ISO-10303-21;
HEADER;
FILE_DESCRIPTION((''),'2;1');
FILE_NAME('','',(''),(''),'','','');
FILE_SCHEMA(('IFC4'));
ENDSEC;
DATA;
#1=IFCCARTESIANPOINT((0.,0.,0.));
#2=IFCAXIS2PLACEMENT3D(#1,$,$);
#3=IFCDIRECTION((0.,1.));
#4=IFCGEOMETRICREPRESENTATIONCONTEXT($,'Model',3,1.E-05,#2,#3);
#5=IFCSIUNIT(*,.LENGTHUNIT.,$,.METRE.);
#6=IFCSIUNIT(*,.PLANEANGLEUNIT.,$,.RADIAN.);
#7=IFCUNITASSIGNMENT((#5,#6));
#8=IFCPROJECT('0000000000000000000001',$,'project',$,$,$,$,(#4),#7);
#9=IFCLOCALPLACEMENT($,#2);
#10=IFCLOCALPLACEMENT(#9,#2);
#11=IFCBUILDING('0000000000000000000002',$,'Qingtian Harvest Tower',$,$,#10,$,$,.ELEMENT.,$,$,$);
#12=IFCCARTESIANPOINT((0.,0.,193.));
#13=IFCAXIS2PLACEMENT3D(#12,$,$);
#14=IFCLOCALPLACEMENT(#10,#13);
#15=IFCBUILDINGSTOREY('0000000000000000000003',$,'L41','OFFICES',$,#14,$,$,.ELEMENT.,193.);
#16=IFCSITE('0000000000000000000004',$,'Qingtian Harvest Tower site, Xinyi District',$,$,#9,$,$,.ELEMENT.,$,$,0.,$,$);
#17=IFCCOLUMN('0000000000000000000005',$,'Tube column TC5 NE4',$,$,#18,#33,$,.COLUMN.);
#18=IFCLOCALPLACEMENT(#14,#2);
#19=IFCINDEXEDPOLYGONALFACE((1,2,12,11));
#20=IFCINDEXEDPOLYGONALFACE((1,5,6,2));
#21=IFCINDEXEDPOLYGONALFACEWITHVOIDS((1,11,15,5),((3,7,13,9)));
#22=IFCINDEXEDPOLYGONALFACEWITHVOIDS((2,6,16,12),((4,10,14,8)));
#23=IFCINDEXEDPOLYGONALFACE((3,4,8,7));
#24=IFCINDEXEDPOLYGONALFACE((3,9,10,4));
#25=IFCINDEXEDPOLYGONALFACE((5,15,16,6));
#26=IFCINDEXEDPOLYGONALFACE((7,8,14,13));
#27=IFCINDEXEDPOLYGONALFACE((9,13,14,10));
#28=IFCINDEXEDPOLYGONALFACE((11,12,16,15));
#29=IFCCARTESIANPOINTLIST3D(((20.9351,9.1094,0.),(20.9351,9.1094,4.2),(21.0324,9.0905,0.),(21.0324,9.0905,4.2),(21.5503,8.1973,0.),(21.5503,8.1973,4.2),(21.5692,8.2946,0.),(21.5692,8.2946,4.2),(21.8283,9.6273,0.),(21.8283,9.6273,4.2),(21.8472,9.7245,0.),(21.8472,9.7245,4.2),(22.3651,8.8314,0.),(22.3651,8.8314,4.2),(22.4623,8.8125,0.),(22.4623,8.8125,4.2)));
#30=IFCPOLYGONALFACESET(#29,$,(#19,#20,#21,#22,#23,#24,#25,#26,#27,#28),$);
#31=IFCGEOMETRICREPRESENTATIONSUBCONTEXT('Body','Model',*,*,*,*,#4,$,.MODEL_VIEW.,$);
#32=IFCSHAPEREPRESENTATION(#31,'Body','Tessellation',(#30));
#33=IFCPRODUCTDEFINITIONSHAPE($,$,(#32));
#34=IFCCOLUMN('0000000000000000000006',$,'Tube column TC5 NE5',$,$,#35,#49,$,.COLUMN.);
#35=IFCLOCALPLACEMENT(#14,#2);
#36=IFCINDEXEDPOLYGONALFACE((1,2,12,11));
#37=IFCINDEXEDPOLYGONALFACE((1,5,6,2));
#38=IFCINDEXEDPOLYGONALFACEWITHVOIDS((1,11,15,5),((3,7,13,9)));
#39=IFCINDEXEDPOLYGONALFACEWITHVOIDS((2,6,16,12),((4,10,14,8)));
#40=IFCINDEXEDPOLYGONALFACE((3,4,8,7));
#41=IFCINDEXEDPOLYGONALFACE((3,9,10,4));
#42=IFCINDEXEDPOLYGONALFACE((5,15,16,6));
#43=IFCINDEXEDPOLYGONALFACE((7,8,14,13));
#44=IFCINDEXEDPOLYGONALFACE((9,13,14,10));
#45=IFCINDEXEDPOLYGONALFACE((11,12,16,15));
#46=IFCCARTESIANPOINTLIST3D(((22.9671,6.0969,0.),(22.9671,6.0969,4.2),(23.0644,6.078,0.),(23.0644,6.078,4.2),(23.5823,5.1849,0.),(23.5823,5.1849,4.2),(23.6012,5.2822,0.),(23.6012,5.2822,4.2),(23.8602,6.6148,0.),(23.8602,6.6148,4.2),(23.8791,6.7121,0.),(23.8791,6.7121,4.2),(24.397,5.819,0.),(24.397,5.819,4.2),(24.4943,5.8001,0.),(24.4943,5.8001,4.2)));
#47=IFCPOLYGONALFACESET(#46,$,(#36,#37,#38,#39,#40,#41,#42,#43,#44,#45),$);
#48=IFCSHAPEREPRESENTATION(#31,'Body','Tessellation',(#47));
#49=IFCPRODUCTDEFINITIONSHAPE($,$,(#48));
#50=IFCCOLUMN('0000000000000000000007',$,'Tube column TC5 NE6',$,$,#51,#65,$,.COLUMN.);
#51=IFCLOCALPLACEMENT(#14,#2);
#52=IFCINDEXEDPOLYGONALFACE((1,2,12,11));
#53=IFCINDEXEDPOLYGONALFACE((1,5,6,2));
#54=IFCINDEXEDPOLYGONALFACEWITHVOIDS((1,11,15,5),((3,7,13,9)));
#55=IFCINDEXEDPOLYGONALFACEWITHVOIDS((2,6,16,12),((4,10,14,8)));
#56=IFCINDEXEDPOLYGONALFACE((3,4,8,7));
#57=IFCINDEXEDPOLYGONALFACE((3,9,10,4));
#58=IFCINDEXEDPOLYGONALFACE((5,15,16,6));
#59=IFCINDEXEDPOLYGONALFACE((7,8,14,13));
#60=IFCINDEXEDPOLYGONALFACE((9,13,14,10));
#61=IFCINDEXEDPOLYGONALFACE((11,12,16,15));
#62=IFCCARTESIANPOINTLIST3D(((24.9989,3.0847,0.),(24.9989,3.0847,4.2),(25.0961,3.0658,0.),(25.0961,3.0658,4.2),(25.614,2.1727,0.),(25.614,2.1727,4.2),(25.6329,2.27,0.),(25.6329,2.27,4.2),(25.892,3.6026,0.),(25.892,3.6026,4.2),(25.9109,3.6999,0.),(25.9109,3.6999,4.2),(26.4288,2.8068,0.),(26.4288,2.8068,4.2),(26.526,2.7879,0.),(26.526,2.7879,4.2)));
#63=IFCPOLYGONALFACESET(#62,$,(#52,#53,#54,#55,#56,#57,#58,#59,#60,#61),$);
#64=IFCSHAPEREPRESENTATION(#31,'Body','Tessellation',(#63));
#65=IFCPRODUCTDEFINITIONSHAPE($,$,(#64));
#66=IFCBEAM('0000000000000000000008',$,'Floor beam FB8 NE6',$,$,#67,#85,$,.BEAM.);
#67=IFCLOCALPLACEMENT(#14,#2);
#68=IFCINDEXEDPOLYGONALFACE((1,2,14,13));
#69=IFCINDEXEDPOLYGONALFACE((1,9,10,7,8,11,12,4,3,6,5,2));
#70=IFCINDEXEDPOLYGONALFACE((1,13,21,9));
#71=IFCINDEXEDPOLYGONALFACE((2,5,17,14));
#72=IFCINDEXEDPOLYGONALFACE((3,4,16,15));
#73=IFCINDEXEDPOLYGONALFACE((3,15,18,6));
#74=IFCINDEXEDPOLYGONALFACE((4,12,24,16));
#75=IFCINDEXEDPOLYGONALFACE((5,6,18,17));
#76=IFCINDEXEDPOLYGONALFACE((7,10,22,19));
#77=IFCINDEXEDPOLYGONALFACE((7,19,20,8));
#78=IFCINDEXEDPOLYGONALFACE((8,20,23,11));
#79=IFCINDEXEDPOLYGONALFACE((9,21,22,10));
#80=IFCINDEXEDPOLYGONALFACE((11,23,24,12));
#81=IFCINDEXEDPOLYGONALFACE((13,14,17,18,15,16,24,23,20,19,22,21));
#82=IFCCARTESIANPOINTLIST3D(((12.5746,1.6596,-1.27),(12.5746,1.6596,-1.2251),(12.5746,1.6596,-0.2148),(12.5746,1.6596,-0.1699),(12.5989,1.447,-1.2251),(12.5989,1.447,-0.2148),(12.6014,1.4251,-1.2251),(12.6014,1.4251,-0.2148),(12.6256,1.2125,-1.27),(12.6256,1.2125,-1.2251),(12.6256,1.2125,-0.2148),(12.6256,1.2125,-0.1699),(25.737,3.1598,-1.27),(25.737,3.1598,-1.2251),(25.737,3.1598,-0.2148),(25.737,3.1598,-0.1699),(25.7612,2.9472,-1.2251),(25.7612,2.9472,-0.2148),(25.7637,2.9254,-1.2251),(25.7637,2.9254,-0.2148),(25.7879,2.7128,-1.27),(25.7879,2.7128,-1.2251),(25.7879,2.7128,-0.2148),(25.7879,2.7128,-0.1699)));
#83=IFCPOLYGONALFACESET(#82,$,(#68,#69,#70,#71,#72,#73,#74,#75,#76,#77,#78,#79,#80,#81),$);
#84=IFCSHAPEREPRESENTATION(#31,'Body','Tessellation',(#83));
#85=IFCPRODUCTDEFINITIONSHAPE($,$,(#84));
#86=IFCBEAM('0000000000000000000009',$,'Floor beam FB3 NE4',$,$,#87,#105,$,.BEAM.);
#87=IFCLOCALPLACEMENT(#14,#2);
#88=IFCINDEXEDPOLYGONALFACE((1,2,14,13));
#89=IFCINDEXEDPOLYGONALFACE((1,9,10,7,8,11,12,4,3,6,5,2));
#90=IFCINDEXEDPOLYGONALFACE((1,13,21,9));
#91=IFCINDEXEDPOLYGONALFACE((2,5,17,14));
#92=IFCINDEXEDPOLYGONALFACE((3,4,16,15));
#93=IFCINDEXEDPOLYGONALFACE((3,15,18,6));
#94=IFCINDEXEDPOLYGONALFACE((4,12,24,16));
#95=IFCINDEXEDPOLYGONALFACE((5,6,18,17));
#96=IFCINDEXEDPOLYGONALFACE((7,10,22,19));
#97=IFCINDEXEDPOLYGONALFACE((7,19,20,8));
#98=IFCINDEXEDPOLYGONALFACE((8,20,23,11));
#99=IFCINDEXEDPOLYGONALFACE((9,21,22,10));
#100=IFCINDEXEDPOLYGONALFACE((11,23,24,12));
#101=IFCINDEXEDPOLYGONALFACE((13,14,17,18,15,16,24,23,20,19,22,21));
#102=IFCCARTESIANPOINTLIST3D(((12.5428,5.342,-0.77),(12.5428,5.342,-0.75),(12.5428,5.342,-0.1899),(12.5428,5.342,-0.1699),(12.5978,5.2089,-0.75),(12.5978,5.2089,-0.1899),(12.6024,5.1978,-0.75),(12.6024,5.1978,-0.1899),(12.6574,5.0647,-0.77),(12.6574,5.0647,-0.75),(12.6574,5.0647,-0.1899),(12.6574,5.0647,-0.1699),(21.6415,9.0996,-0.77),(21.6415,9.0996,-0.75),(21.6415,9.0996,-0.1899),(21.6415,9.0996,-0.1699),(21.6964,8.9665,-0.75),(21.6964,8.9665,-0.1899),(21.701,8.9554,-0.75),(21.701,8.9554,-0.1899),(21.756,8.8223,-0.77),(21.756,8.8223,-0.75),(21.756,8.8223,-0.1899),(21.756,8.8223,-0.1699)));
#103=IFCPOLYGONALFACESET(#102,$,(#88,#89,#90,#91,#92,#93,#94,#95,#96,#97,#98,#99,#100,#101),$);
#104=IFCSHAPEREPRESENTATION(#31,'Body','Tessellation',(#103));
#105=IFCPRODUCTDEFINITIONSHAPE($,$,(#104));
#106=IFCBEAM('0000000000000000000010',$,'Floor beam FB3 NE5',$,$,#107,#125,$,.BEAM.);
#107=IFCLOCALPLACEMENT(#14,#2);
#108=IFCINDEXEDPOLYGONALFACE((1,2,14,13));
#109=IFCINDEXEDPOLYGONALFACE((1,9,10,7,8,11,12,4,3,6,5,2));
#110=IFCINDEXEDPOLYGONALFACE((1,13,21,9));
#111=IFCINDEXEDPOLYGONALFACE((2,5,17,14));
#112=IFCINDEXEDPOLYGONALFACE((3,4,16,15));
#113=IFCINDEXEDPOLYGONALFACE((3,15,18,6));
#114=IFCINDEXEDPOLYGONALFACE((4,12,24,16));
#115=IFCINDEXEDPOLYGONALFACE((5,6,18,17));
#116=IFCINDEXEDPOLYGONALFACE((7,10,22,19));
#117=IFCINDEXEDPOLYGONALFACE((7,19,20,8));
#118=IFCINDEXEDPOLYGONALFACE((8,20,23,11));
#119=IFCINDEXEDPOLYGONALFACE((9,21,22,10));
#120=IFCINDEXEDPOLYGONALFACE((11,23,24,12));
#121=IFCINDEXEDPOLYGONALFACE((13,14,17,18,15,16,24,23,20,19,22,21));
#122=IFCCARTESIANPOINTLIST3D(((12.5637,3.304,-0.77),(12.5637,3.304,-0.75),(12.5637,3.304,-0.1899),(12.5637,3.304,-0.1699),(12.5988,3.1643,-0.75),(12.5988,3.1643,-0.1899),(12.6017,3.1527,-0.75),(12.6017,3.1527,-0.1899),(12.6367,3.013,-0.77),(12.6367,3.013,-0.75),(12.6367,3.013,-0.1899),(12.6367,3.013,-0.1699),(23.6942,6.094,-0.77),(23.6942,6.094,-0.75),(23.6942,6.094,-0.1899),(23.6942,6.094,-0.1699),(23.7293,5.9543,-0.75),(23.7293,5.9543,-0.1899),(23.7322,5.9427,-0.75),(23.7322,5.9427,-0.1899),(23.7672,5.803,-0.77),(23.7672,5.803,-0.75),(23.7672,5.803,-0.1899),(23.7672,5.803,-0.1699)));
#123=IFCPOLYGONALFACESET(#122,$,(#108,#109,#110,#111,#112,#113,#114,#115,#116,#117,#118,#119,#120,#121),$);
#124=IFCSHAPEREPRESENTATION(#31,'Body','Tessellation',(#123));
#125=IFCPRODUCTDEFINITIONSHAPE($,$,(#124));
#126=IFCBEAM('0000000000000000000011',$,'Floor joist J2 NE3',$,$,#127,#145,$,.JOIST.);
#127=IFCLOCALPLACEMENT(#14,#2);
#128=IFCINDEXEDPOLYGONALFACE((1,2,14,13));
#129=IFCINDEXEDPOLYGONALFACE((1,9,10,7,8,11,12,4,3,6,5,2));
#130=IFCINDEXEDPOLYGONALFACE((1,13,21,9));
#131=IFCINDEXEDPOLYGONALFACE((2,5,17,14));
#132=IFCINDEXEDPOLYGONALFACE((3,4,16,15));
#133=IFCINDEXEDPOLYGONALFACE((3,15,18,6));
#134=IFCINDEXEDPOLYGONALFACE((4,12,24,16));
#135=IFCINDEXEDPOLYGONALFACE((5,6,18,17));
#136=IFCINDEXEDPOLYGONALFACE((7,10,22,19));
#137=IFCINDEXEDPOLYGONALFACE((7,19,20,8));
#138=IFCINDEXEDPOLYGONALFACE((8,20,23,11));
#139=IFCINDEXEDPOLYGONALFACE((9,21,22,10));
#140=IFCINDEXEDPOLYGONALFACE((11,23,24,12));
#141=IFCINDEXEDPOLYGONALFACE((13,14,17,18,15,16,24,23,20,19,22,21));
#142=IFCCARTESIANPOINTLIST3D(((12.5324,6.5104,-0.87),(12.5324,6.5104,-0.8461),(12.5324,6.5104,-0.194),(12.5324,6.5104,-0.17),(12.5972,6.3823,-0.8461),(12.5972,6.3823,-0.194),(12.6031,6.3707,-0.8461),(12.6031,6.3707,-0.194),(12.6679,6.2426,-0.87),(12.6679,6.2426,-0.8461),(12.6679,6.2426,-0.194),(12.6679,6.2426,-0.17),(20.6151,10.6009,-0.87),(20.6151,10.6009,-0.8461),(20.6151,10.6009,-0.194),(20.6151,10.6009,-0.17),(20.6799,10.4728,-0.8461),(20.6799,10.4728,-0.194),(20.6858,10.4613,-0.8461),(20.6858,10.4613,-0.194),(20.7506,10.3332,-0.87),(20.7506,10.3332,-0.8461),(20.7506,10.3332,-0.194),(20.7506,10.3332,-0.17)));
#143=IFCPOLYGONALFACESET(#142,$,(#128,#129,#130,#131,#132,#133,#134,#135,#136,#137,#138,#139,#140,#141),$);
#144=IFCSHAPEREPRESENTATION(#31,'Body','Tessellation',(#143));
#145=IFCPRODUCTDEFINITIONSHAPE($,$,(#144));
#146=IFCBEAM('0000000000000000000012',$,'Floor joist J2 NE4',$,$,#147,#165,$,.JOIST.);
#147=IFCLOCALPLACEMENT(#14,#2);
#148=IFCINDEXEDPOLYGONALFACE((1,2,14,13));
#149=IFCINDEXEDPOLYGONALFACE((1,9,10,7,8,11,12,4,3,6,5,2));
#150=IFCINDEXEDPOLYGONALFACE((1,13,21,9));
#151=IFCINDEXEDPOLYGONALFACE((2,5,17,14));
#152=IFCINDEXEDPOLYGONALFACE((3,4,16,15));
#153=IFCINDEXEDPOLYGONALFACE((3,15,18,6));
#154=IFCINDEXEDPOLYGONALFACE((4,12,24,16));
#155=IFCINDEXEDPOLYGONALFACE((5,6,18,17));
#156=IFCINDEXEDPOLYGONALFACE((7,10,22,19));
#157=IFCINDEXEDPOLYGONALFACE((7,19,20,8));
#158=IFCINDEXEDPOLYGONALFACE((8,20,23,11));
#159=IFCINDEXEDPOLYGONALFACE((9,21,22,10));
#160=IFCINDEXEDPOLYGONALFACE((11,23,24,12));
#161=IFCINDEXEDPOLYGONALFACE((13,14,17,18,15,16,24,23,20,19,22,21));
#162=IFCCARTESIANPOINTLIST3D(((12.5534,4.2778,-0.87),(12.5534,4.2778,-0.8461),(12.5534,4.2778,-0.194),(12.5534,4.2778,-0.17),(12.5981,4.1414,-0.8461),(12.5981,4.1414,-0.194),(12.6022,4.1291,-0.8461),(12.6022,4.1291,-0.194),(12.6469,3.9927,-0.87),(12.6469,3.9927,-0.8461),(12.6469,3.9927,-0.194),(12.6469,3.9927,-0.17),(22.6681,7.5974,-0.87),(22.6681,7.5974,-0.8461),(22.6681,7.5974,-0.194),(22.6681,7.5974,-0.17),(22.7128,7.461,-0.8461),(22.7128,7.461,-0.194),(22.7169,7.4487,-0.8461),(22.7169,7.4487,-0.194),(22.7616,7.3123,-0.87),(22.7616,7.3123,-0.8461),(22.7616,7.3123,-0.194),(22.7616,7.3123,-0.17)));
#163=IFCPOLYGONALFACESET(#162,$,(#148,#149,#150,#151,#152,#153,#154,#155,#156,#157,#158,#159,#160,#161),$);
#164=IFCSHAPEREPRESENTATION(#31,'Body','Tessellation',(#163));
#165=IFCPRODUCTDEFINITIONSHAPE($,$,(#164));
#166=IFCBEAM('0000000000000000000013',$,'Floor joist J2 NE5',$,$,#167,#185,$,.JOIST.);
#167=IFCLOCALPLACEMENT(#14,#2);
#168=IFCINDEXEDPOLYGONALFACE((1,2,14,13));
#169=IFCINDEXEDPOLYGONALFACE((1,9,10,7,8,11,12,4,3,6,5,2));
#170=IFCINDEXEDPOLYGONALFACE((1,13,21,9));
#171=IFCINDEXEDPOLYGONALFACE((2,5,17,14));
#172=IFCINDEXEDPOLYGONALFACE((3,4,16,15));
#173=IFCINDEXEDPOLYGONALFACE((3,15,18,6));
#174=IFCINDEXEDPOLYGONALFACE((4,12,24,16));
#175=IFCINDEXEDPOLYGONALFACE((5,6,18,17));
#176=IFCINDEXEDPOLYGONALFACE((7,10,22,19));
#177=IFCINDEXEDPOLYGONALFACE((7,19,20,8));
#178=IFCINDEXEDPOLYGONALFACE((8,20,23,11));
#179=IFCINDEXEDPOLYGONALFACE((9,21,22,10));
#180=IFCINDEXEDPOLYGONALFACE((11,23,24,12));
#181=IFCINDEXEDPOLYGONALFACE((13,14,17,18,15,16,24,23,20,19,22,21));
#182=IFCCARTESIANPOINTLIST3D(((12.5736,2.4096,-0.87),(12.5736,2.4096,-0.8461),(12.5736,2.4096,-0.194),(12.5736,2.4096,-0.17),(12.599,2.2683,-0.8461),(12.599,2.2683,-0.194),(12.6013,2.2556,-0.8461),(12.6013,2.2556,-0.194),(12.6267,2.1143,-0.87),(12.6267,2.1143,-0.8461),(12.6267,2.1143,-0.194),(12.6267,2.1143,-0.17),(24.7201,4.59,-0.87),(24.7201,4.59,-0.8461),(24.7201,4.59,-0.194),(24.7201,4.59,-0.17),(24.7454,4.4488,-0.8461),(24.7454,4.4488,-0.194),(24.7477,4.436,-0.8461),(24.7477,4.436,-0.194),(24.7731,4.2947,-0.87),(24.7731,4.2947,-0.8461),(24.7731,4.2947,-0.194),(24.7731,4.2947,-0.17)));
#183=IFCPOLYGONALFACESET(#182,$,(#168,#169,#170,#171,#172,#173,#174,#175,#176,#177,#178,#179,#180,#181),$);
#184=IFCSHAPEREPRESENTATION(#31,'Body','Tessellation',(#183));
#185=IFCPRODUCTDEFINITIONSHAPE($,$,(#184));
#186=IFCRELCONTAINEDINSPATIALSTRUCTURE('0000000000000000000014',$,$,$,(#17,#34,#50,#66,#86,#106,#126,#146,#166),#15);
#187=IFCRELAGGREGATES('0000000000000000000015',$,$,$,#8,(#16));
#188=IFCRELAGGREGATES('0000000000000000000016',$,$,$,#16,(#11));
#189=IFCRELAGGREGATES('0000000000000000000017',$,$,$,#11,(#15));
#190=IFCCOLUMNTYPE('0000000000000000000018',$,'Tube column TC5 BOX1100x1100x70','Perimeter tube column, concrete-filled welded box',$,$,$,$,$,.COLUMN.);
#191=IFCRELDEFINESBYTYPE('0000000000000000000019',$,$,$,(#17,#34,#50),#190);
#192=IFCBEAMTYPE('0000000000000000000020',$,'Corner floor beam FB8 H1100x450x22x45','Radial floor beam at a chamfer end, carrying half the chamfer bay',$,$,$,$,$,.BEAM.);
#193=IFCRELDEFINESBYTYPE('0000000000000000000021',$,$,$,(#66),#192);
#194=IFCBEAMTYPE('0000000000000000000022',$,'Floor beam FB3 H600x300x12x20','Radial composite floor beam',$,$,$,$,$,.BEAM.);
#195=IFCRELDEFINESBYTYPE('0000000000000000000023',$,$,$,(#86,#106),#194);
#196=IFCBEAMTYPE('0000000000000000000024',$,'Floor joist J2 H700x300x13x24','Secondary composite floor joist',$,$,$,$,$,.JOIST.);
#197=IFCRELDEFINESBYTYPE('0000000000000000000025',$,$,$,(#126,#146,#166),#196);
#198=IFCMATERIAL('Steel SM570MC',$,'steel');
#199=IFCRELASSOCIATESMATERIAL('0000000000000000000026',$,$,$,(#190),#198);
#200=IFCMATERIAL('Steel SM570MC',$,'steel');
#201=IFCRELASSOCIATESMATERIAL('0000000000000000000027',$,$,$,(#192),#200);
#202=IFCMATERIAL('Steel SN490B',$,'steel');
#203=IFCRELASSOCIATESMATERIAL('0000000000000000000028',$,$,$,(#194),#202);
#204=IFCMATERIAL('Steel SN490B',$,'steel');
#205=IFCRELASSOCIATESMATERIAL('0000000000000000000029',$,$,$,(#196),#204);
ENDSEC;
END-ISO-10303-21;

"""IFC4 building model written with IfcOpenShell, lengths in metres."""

from ifc_helpers import new_model, si_unit, direction, frame, origin, origin_2d, place, context, subcontext, project, spatial, hollow_rectangle, i_section, extrude, material, material_profile, profile_set, type_object, element, save


model = new_model("IFC4")

# Units and contexts
model_context = context("Model", 3, precision=1e-05, world=origin(), true_north=direction((0.0, 1.0)))
body_context = subcontext(model_context, "Body", "Model", "MODEL_VIEW")
ifc_project = project(units=[si_unit("LENGTHUNIT", "METRE"), si_unit("PLANEANGLEUNIT", "RADIAN")], contexts=[model_context])

# Site, building, storey
site_placement = place(None, origin())
site = spatial("IfcSite", under=ifc_project, at=site_placement, Name="Qingtian Harvest Tower site, Xinyi District", CompositionType="ELEMENT", RefElevation=0.0)
building_placement = place(site_placement, origin())
building = spatial("IfcBuilding", under=site, at=building_placement, Name="Qingtian Harvest Tower", CompositionType="ELEMENT")
storey_placement = place(building_placement, frame((0.0, 0.0, 193.0)))
storey = spatial("IfcBuildingStorey", under=building, at=storey_placement, Name="L41", Description="OFFICES", CompositionType="ELEMENT", Elevation=193.0)

# Columns
ifc_material_1 = material(Name="Steel SM570MC", Category="steel")
ifc_material_profile_1 = material_profile(ifc_material_1, hollow_rectangle(XDim=1.1001, YDim=1.1001, WallThickness=0.0701, at=origin_2d()), Name="BOX1100x1100x70")
ifc_profile_set_1 = profile_set([ifc_material_profile_1], Name="Steel SM570MC")
column_type = type_object("IfcColumnType", Name="Tube column TC5 BOX1100x1100x70", Description="Perimeter tube column, concrete-filled welded box", PredefinedType="COLUMN", material=ifc_profile_set_1)
for number, where, z_axis, x_axis, name in (
    (1, (21.6987, 8.9609, 0.0), (0.0, 0.0, 1.0), (-0.559193, 0.829038, 0.0), "Tube column TC5 NE4"),
    (2, (23.7307, 5.9485, 0.0), (0.0, 0.0, 1.0), (-0.559193, 0.829038, 0.0), "Tube column TC5 NE5"),
    (3, (25.7625, 2.9363, 0.0), (0.0, 0.0, 1.0), (-0.559193, 0.829038, 0.0), "Tube column TC5 NE6"),
):
    element("IfcColumn", number, at=place(storey_placement, frame(where, z_axis=z_axis, x_axis=x_axis)), inside=storey, type_object=column_type, Name=name, PredefinedType="COLUMN", context=body_context, shape_type="SweptSolid", body=[
        extrude(hollow_rectangle(XDim=1.1001, YDim=1.1001, WallThickness=0.0701, at=origin_2d()), origin(), (0.0, 0.0, 1.0), 4.2),
    ])

# Beams
ifc_material_2 = material(Name="Steel SM570MC", Category="steel")
ifc_material_profile_2 = material_profile(ifc_material_2, i_section(OverallWidth=0.45, OverallDepth=1.1001, WebThickness=0.022, FlangeThickness=0.0449, at=origin_2d()), Name="H1100x450x22x45")
ifc_profile_set_2 = profile_set([ifc_material_profile_2], Name="Steel SM570MC")
beam_type_1 = type_object("IfcBeamType", Name="Corner floor beam FB8 H1100x450x22x45", Description="Radial floor beam at a chamfer end, carrying half the chamfer bay", PredefinedType="BEAM", material=ifc_profile_set_2)
beam_1_placement = place(storey_placement, frame((25.7625, 2.9363, -0.72), z_axis=(-0.993567, -0.113247, 0.0), x_axis=(0.113247, -0.993567, 0.0)))
element("IfcBeam", 4, at=beam_1_placement, inside=storey, type_object=beam_type_1, Name="Floor beam FB8 NE6", PredefinedType="BEAM", context=body_context, shape_type="SweptSolid", body=[
    extrude(i_section(OverallWidth=0.45, OverallDepth=1.1001, WebThickness=0.022, FlangeThickness=0.0449, at=origin_2d()), origin(), (0.0, 0.0, 1.0), 13.2476),
])
ifc_material_3 = material(Name="Steel SN490B", Category="steel")
ifc_material_profile_3 = material_profile(ifc_material_3, i_section(OverallWidth=0.3, OverallDepth=0.6001, WebThickness=0.012, FlangeThickness=0.02, at=origin_2d()), Name="H600x300x12x20")
ifc_profile_set_3 = profile_set([ifc_material_profile_3], Name="Steel SN490B")
beam_type_2 = type_object("IfcBeamType", Name="Floor beam FB3 H600x300x12x20", Description="Radial composite floor beam", PredefinedType="BEAM", material=ifc_profile_set_3)
beam_2_placement = place(storey_placement, frame((21.6987, 8.9609, -0.47), z_axis=(-0.924282, -0.381711, 0.0), x_axis=(0.381711, -0.924282, 0.0)))
element("IfcBeam", 5, at=beam_2_placement, inside=storey, type_object=beam_type_2, Name="Floor beam FB3 NE4", PredefinedType="BEAM", context=body_context, shape_type="SweptSolid", body=[
    extrude(i_section(OverallWidth=0.3, OverallDepth=0.6001, WebThickness=0.012, FlangeThickness=0.02, at=origin_2d()), origin(), (0.0, 0.0, 1.0), 9.844),
])
beam_3_placement = place(storey_placement, frame((23.7307, 5.9485, -0.47), z_axis=(-0.969991, -0.243141, 0.0), x_axis=(0.243141, -0.969991, 0.0)))
element("IfcBeam", 6, at=beam_3_placement, inside=storey, type_object=beam_type_2, Name="Floor beam FB3 NE5", PredefinedType="BEAM", context=body_context, shape_type="SweptSolid", body=[
    extrude(i_section(OverallWidth=0.3, OverallDepth=0.6001, WebThickness=0.012, FlangeThickness=0.02, at=origin_2d()), origin(), (0.0, 0.0, 1.0), 11.4749),
])
ifc_material_4 = material(Name="Steel SN490B", Category="steel")
ifc_material_profile_4 = material_profile(ifc_material_4, i_section(OverallWidth=0.3, OverallDepth=0.7, WebThickness=0.0129, FlangeThickness=0.0239, at=origin_2d()), Name="H700x300x13x24")
ifc_profile_set_4 = profile_set([ifc_material_profile_4], Name="Steel SN490B")
beam_type_3 = type_object("IfcBeamType", Name="Floor joist J2 H700x300x13x24", Description="Secondary composite floor joist", PredefinedType="JOIST", material=ifc_profile_set_4)
beam_4_placement = place(storey_placement, frame((20.6829, 10.467, -0.52), z_axis=(-0.892244, -0.451553, 0.0), x_axis=(0.451553, -0.892244, 0.0)))
element("IfcBeam", 7, at=beam_4_placement, inside=storey, type_object=beam_type_3, Name="Floor joist J2 NE3", PredefinedType="JOIST", context=body_context, shape_type="SweptSolid", body=[
    extrude(i_section(OverallWidth=0.3, OverallDepth=0.7, WebThickness=0.0129, FlangeThickness=0.0239, at=origin_2d()), origin(), (0.0, 0.0, 1.0), 9.0588),
])
beam_5_placement = place(storey_placement, frame((22.7148, 7.4548, -0.52), z_axis=(-0.950139, -0.311828, 0.0), x_axis=(0.311828, -0.950139, 0.0)))
element("IfcBeam", 8, at=beam_5_placement, inside=storey, type_object=beam_type_3, Name="Floor joist J2 NE4", PredefinedType="JOIST", context=body_context, shape_type="SweptSolid", body=[
    extrude(i_section(OverallWidth=0.3, OverallDepth=0.7, WebThickness=0.0129, FlangeThickness=0.0239, at=origin_2d()), origin(), (0.0, 0.0, 1.0), 10.6455),
])
beam_6_placement = place(storey_placement, frame((24.7466, 4.4424, -0.52), z_axis=(-0.984267, -0.176686, 0.0), x_axis=(0.176686, -0.984267, 0.0)))
element("IfcBeam", 9, at=beam_6_placement, inside=storey, type_object=beam_type_3, Name="Floor joist J2 NE5", PredefinedType="JOIST", context=body_context, shape_type="SweptSolid", body=[
    extrude(i_section(OverallWidth=0.3, OverallDepth=0.7, WebThickness=0.0129, FlangeThickness=0.0239, at=origin_2d()), origin(), (0.0, 0.0, 1.0), 12.3406),
])

save(model, "model.ifc")
